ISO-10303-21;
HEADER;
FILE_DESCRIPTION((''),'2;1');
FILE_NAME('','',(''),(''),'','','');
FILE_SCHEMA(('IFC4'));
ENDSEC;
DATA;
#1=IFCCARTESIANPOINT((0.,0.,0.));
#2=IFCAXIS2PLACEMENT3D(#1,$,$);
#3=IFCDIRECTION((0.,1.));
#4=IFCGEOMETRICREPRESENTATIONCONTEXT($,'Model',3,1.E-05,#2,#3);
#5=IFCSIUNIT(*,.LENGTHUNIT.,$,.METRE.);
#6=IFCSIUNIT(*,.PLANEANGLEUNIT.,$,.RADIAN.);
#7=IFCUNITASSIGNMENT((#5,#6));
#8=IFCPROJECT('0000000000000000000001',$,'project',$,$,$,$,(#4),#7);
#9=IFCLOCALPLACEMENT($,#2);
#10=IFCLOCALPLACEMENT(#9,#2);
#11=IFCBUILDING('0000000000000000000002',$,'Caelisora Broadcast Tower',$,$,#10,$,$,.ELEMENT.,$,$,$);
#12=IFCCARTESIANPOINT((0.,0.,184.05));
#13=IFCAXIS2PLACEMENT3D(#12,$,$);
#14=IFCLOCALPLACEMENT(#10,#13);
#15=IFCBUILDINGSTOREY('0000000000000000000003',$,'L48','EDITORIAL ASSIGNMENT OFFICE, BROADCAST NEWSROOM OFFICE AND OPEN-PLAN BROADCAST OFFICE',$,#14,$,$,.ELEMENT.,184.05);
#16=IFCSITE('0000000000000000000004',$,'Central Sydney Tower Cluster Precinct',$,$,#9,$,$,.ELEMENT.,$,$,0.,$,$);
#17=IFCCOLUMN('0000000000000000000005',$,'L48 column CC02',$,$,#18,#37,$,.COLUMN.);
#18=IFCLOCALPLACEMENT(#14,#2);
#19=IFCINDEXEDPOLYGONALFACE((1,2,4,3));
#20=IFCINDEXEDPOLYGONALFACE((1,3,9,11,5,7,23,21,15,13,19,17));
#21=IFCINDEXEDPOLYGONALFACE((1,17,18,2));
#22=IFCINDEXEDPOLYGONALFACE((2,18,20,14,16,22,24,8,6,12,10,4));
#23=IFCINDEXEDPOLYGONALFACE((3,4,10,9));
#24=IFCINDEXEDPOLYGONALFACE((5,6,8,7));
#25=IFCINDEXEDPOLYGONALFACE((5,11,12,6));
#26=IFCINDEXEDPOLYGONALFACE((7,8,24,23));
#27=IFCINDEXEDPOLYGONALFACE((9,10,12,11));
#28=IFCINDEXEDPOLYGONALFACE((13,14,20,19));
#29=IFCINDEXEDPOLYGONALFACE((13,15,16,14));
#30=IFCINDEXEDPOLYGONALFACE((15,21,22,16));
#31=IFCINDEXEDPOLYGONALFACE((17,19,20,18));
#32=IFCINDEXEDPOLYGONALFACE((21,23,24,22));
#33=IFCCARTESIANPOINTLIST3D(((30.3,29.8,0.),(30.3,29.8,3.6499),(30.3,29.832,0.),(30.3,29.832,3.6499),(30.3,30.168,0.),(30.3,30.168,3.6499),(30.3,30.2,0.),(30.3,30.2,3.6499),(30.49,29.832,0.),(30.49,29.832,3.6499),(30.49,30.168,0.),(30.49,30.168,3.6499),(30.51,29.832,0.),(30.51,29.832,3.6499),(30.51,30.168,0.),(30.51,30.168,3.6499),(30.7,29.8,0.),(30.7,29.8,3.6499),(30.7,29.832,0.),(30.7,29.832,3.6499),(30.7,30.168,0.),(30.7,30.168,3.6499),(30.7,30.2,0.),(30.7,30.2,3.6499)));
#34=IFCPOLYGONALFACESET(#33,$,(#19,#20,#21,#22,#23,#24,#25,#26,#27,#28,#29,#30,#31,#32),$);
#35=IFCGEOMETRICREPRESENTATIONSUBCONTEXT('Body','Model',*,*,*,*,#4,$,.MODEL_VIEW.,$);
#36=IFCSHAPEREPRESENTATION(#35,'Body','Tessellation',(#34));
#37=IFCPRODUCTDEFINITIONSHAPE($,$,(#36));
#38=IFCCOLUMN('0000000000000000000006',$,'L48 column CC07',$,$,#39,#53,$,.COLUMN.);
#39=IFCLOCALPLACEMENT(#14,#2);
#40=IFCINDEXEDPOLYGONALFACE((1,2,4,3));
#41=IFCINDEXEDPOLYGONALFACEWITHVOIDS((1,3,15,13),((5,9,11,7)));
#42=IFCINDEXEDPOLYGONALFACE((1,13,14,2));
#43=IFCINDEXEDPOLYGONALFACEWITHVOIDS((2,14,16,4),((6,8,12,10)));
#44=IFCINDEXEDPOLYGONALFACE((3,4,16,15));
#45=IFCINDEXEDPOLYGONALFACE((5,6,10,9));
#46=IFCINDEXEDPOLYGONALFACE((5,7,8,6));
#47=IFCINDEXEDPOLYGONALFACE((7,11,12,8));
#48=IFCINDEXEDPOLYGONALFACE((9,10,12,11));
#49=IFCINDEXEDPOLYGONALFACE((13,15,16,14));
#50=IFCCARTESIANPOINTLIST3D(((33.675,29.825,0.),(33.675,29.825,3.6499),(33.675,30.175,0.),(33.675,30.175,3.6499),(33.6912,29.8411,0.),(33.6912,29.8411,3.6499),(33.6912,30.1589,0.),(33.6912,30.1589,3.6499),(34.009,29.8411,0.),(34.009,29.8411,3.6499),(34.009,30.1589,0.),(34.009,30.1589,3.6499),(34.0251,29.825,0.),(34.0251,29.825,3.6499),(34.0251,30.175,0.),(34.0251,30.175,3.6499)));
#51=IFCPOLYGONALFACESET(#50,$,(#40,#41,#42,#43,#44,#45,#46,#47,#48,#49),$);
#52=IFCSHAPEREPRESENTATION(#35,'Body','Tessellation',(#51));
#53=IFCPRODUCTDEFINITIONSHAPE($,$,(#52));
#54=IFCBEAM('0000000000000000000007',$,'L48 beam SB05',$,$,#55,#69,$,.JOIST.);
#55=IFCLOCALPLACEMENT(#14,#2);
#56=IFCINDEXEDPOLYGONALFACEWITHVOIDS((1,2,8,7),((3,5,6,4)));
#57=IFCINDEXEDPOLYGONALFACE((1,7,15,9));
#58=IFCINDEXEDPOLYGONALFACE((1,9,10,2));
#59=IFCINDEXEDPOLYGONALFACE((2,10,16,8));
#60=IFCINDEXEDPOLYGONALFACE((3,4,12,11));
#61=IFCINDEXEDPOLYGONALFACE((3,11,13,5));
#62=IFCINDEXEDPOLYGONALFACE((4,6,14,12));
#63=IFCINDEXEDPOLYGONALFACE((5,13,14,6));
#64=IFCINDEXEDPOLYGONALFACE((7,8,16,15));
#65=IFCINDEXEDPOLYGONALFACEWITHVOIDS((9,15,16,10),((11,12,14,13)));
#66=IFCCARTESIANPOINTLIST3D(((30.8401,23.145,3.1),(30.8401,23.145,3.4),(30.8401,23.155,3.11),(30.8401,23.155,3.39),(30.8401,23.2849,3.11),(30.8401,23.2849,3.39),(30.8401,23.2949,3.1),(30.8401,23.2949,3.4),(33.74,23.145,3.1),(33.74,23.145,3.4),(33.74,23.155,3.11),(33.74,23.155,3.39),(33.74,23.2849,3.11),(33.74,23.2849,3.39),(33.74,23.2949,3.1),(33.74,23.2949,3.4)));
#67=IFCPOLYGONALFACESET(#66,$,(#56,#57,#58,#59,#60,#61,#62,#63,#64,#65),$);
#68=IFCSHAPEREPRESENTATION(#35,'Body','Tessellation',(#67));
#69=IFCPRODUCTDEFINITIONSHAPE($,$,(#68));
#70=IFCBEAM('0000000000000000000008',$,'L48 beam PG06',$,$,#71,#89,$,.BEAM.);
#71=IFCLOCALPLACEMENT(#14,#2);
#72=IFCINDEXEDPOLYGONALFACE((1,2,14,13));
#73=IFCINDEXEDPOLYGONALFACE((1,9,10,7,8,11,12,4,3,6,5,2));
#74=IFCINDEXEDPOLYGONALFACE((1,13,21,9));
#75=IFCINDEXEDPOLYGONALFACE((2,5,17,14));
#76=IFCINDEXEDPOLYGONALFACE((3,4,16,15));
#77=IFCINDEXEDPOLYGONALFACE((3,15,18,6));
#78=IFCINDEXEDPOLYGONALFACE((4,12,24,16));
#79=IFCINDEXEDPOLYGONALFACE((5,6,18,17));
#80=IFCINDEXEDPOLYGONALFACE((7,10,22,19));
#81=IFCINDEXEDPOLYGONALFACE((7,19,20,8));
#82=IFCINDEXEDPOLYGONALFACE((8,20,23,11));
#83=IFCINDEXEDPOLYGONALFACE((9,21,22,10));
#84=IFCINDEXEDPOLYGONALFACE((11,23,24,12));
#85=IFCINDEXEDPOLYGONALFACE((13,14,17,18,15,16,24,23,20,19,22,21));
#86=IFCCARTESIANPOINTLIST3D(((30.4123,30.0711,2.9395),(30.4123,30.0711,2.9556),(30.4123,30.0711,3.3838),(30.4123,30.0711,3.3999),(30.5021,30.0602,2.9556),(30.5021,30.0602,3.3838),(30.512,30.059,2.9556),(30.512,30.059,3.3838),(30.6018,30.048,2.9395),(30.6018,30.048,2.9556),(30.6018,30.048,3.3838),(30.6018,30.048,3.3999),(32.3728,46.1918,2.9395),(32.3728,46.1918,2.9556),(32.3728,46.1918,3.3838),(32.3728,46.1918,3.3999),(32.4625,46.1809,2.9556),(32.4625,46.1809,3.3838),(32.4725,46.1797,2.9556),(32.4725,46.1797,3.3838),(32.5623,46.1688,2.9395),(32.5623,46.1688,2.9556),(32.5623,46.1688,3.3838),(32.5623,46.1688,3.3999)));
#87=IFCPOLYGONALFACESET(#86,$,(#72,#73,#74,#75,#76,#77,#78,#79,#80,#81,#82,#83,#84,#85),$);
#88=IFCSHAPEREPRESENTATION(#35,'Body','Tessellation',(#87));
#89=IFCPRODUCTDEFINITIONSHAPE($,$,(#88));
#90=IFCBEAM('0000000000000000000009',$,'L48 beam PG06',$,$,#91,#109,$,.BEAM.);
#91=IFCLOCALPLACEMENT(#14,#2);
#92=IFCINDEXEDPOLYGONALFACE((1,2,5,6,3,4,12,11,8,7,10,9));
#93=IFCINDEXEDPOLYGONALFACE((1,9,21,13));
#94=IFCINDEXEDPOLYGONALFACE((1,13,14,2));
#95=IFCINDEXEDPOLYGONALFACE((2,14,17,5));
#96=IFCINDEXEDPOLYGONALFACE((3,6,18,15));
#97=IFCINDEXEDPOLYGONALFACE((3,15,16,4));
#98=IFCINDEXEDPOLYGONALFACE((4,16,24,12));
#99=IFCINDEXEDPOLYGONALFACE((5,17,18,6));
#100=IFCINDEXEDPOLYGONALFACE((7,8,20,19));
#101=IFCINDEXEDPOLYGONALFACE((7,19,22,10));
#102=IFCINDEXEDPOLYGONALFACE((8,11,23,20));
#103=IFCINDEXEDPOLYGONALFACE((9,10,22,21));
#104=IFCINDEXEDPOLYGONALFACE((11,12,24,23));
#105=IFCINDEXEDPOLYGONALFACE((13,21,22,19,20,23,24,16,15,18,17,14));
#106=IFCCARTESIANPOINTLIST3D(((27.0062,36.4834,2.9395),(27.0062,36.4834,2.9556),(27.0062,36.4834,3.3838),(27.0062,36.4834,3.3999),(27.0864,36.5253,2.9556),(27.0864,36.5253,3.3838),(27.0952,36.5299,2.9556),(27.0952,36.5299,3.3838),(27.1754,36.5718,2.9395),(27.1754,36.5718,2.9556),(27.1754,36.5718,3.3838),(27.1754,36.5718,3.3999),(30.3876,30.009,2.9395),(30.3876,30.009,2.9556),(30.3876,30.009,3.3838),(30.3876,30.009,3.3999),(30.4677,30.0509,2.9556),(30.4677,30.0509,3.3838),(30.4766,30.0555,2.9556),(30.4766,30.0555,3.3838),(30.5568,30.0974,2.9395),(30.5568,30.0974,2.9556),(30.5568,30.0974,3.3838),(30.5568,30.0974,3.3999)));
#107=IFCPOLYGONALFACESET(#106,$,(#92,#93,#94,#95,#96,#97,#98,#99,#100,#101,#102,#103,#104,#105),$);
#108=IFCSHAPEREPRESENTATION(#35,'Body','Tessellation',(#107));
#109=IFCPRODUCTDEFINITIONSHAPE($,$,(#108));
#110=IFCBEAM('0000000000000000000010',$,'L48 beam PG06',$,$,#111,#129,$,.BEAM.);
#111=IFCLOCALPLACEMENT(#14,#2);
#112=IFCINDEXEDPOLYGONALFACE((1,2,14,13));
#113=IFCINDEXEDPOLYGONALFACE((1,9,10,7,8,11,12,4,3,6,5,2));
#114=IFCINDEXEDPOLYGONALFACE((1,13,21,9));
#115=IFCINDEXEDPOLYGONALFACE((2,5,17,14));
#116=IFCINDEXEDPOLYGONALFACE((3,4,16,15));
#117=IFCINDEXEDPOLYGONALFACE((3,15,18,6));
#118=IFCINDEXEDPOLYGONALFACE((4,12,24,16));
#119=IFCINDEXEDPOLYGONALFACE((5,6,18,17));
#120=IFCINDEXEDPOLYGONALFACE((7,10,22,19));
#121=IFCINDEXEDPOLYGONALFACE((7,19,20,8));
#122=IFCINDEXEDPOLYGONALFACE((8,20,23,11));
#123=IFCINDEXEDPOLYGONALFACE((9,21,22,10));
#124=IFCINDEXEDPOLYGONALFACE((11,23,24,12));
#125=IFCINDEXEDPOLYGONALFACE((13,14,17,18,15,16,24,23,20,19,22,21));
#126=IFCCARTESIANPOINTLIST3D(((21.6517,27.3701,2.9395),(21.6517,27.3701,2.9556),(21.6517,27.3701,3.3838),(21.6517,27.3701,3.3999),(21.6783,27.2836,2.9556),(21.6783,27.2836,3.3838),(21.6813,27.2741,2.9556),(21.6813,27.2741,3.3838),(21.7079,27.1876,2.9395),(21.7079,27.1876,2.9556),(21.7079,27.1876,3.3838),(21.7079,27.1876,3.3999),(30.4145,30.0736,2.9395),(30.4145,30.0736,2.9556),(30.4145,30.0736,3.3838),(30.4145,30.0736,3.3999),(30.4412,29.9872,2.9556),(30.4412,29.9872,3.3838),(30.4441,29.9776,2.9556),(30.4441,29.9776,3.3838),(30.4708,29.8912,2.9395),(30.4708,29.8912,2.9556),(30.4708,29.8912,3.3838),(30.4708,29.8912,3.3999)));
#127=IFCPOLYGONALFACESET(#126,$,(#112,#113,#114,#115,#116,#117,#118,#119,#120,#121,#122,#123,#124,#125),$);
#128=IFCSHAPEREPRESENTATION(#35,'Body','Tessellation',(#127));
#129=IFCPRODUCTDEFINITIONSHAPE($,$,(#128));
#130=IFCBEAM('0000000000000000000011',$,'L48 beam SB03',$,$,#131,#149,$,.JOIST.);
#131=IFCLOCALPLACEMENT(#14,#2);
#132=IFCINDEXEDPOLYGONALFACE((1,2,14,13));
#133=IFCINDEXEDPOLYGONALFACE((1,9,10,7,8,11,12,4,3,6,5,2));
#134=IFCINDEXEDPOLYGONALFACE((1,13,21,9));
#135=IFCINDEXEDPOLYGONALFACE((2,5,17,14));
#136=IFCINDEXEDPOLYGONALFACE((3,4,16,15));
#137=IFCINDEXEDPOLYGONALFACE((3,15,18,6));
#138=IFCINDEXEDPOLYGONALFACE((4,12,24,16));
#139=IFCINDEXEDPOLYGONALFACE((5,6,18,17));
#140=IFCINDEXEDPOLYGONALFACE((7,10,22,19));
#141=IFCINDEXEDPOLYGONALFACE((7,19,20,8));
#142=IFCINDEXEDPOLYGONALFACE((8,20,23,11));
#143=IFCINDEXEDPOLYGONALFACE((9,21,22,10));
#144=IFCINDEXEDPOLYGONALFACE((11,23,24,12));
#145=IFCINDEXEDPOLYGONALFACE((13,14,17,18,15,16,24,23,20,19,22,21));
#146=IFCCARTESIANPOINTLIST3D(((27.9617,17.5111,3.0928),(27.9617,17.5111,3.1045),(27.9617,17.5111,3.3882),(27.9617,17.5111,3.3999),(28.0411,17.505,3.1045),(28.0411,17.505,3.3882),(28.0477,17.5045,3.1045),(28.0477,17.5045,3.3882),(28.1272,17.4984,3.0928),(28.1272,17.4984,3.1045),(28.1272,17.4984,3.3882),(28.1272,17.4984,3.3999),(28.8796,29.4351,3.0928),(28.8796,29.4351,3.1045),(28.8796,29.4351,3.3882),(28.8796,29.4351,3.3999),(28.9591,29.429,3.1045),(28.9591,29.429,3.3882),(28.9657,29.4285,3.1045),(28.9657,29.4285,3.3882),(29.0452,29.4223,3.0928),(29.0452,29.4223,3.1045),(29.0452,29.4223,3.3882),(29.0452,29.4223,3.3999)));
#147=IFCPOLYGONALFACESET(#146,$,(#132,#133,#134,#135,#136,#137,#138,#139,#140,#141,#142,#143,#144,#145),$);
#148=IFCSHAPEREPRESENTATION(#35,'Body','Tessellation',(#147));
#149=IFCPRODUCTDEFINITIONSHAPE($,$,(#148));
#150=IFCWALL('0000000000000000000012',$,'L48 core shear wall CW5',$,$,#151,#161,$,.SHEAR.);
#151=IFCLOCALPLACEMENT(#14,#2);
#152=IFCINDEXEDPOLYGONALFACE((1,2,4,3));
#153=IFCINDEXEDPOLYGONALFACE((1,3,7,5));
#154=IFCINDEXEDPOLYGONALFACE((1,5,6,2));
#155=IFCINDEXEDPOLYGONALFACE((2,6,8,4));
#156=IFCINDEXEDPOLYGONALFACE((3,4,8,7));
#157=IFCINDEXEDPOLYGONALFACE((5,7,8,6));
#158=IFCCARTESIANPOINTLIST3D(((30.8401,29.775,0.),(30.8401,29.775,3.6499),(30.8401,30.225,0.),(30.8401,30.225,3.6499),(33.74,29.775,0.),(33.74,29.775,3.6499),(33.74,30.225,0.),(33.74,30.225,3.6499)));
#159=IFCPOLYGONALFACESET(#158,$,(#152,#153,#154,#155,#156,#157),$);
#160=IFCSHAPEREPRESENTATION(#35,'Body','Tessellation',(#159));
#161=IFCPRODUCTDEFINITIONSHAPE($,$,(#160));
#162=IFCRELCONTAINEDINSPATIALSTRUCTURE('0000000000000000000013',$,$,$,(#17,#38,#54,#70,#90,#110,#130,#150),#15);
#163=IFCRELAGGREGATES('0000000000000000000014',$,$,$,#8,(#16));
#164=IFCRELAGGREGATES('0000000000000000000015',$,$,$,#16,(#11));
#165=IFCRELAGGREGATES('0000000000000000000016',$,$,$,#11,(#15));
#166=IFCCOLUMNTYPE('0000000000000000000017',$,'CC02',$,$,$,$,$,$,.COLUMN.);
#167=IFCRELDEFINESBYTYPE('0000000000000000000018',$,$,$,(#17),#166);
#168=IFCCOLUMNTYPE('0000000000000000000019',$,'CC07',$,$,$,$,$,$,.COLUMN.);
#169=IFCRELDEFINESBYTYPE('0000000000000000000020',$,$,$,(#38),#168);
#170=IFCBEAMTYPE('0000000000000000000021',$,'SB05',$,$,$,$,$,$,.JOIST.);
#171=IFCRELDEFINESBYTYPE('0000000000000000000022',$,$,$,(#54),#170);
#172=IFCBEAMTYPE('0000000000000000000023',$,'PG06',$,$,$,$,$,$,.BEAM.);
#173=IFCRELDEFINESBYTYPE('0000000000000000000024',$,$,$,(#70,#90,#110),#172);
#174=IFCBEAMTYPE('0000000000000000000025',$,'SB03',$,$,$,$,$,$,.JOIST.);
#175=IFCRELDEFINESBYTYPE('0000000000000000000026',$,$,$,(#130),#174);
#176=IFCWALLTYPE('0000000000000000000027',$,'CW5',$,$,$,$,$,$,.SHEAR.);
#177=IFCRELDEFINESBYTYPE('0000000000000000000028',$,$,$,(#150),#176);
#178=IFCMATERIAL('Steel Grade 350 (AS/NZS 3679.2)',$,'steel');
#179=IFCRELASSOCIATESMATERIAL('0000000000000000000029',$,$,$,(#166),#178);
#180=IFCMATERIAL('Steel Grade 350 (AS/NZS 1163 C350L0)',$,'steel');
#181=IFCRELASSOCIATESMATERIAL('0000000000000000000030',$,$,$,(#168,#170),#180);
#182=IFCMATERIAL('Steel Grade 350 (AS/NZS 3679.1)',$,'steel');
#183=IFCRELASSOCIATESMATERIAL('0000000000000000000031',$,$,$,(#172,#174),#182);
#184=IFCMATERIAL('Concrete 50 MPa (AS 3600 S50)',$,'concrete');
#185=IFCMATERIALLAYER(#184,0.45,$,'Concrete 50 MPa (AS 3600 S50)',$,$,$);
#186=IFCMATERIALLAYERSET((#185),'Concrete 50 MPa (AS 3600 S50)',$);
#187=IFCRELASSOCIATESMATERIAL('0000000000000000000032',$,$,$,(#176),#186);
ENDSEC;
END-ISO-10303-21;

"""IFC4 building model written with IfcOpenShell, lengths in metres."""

from ifc_helpers import new_model, si_unit, direction, frame, frame_2d, origin, origin_2d, place, context, subcontext, project, spatial, rectangle, hollow_rectangle, i_section, extrude, source, transform, mapped, material, layer, layer_set, material_profile, profile_set, type_object, type_shapes, element, save


model = new_model("IFC4")

# Units and contexts
model_context = context("Model", 3, precision=1e-05, world=origin(), true_north=direction((0.0, 1.0)))
body_context = subcontext(model_context, "Body", "Model", "MODEL_VIEW")
ifc_project = project(units=[si_unit("LENGTHUNIT", "METRE"), si_unit("PLANEANGLEUNIT", "RADIAN")], contexts=[model_context])

# Site, building, storey
site_placement = place(None, origin())
site = spatial("IfcSite", under=ifc_project, at=site_placement, Name="Central Sydney Tower Cluster Precinct", CompositionType="ELEMENT", RefElevation=0.0)
building_placement = place(site_placement, origin())
building = spatial("IfcBuilding", under=site, at=building_placement, Name="Caelisora Broadcast Tower", CompositionType="ELEMENT")
storey_placement = place(building_placement, frame((0.0, 0.0, 184.05)))
storey = spatial("IfcBuildingStorey", under=building, at=storey_placement, Name="L48", Description="EDITORIAL ASSIGNMENT OFFICE, BROADCAST NEWSROOM OFFICE AND OPEN-PLAN BROADCAST OFFICE", CompositionType="ELEMENT", Elevation=184.05)

# Columns
ifc_material_1 = material(Name="Steel Grade 350 (AS/NZS 3679.2)", Category="steel")
ifc_material_profile_1 = material_profile(ifc_material_1, i_section(OverallWidth=0.3999, OverallDepth=0.3999, WebThickness=0.02, FlangeThickness=0.032, at=origin_2d()), Name="Steel Grade 350 (AS/NZS 3679.2)")
ifc_profile_set_1 = profile_set([ifc_material_profile_1], Name="Steel Grade 350 (AS/NZS 3679.2)")
column_type_1 = type_object("IfcColumnType", Name="CC02", PredefinedType="COLUMN", material=ifc_profile_set_1)
shared_shape_1 = source(origin(), body_context, "Body", "SweptSolid", [
    extrude(i_section(OverallWidth=0.3999, OverallDepth=0.3999, WebThickness=0.02, FlangeThickness=0.032, at=origin_2d()), origin(), (0.0, 0.0, 1.0), 3.6499),
])
type_shapes(column_type_1, [shared_shape_1])
column_1_placement = place(storey_placement, frame((30.5, 30.0, 0.0), z_axis=(0.0, 0.0, 1.0), x_axis=(1.0, 0.0, 0.0)))
element("IfcColumn", 1, at=column_1_placement, inside=storey, type_object=column_type_1, Name="L48 column CC02", PredefinedType="COLUMN", context=body_context, shape_type="MappedRepresentation", body=[
    mapped(shared_shape_1, transform((0.0, 0.0, 0.0), scale=1.0)),
])
ifc_material_2 = material(Name="Steel Grade 350 (AS/NZS 1163 C350L0)", Category="steel")
ifc_material_profile_2 = material_profile(ifc_material_2, hollow_rectangle(XDim=0.3501, YDim=0.3501, WallThickness=0.0161, at=origin_2d()), Name="Steel Grade 350 (AS/NZS 1163 C350L0)")
ifc_profile_set_2 = profile_set([ifc_material_profile_2], Name="Steel Grade 350 (AS/NZS 1163 C350L0)")
column_type_2 = type_object("IfcColumnType", Name="CC07", PredefinedType="COLUMN", material=ifc_profile_set_2)
shared_shape_2 = source(origin(), body_context, "Body", "SweptSolid", [
    extrude(hollow_rectangle(XDim=0.3501, YDim=0.3501, WallThickness=0.0161, at=origin_2d()), origin(), (0.0, 0.0, 1.0), 3.6499),
])
type_shapes(column_type_2, [shared_shape_2])
column_2_placement = place(storey_placement, frame((33.8501, 30.0, 0.0), z_axis=(0.0, 0.0, 1.0), x_axis=(1.0, 0.0, 0.0)))
element("IfcColumn", 2, at=column_2_placement, inside=storey, type_object=column_type_2, Name="L48 column CC07", PredefinedType="COLUMN", context=body_context, shape_type="MappedRepresentation", body=[
    mapped(shared_shape_2, transform((0.0, 0.0, 0.0), scale=1.0)),
])

# Beams
ifc_material_profile_3 = material_profile(ifc_material_2, hollow_rectangle(XDim=0.1499, YDim=0.3, WallThickness=0.01, at=origin_2d()), Name="Steel Grade 350 (AS/NZS 1163 C350L0)")
ifc_profile_set_3 = profile_set([ifc_material_profile_3], Name="Steel Grade 350 (AS/NZS 1163 C350L0)")
beam_type_1 = type_object("IfcBeamType", Name="SB05", PredefinedType="JOIST", material=ifc_profile_set_3)
shared_shape_3 = source(origin(), body_context, "Body", "SweptSolid", [
    extrude(hollow_rectangle(XDim=0.1499, YDim=0.3, WallThickness=0.01, at=origin_2d()), origin(), (0.0, 0.0, 1.0), 2.8999),
])
type_shapes(beam_type_1, [shared_shape_3])
beam_1_placement = place(storey_placement, frame((30.8401, 23.22, 3.25), z_axis=(1.0, 0.0, 0.0), x_axis=(0.0, 1.0, 0.0)))
element("IfcBeam", 3, at=beam_1_placement, inside=storey, type_object=beam_type_1, Name="L48 beam SB05", PredefinedType="JOIST", context=body_context, shape_type="MappedRepresentation", body=[
    mapped(shared_shape_3, transform((0.0, 0.0, 0.0), scale=1.0)),
])
ifc_material_3 = material(Name="Steel Grade 350 (AS/NZS 3679.1)", Category="steel")
ifc_material_profile_4 = material_profile(ifc_material_3, i_section(OverallWidth=0.1909, OverallDepth=0.4604, WebThickness=0.01, FlangeThickness=0.0161, at=origin_2d()), Name="Steel Grade 350 (AS/NZS 3679.1)")
ifc_profile_set_4 = profile_set([ifc_material_profile_4], Name="Steel Grade 350 (AS/NZS 3679.1)")
beam_type_2 = type_object("IfcBeamType", Name="PG06", PredefinedType="BEAM", material=ifc_profile_set_4)
shared_shape_4 = source(origin(), body_context, "Body", "SweptSolid", [
    extrude(i_section(OverallWidth=0.1909, OverallDepth=0.4604, WebThickness=0.01, FlangeThickness=0.0161, at=origin_2d()), origin(), (0.0, 0.0, 1.0), 16.2395),
])
beam_2_placement = place(storey_placement, frame((30.5071, 30.0596, 3.1697), z_axis=(0.12072, 0.992687, 0.0), x_axis=(-0.992687, 0.12072, 0.0)))
element("IfcBeam", 4, at=beam_2_placement, inside=storey, type_object=beam_type_2, Name="L48 beam PG06", PredefinedType="BEAM", context=body_context, shape_type="MappedRepresentation", body=[
    mapped(shared_shape_4, transform((0.0, 0.0, 0.0), scale=1.0)),
])
shared_shape_5 = source(origin(), body_context, "Body", "SweptSolid", [
    extrude(i_section(OverallWidth=0.1909, OverallDepth=0.4604, WebThickness=0.01, FlangeThickness=0.0161, at=origin_2d()), origin(), (0.0, 0.0, 1.0), 7.3042),
])
beam_3_placement = place(storey_placement, frame((30.4722, 30.0532, 3.1697), z_axis=(-0.462934, 0.886393, 0.0), x_axis=(-0.886393, -0.462934, 0.0)))
element("IfcBeam", 5, at=beam_3_placement, inside=storey, type_object=beam_type_2, Name="L48 beam PG06", PredefinedType="BEAM", context=body_context, shape_type="MappedRepresentation", body=[
    mapped(shared_shape_5, transform((0.0, 0.0, 0.0), scale=1.0)),
])
shared_shape_6 = source(origin(), body_context, "Body", "SweptSolid", [
    extrude(i_section(OverallWidth=0.1909, OverallDepth=0.4604, WebThickness=0.01, FlangeThickness=0.0161, at=origin_2d()), origin(), (0.0, 0.0, 1.0), 9.1704),
])
type_shapes(beam_type_2, [shared_shape_4, shared_shape_5, shared_shape_6])
beam_4_placement = place(storey_placement, frame((30.4426, 29.9824, 3.1697), z_axis=(-0.955554, -0.294815, 0.0), x_axis=(0.294815, -0.955554, 0.0)))
element("IfcBeam", 6, at=beam_4_placement, inside=storey, type_object=beam_type_2, Name="L48 beam PG06", PredefinedType="BEAM", context=body_context, shape_type="MappedRepresentation", body=[
    mapped(shared_shape_6, transform((0.0, 0.0, 0.0), scale=1.0)),
])
ifc_material_profile_5 = material_profile(ifc_material_3, i_section(OverallWidth=0.166, OverallDepth=0.3071, WebThickness=0.0066, FlangeThickness=0.0117, at=origin_2d()), Name="Steel Grade 350 (AS/NZS 3679.1)")
ifc_profile_set_5 = profile_set([ifc_material_profile_5], Name="Steel Grade 350 (AS/NZS 3679.1)")
beam_type_3 = type_object("IfcBeamType", Name="SB03", PredefinedType="JOIST", material=ifc_profile_set_5)
shared_shape_7 = source(origin(), body_context, "Body", "SweptSolid", [
    extrude(i_section(OverallWidth=0.166, OverallDepth=0.3071, WebThickness=0.0066, FlangeThickness=0.0117, at=origin_2d()), origin(), (0.0, 0.0, 1.0), 11.9592),
])
type_shapes(beam_type_3, [shared_shape_7])
beam_5_placement = place(storey_placement, frame((28.9624, 29.4287, 3.2463), z_axis=(-0.076759, -0.99705, 0.0), x_axis=(0.99705, -0.076759, 0.0)))
element("IfcBeam", 7, at=beam_5_placement, inside=storey, type_object=beam_type_3, Name="L48 beam SB03", PredefinedType="JOIST", context=body_context, shape_type="MappedRepresentation", body=[
    mapped(shared_shape_7, transform((0.0, 0.0, 0.0), scale=1.0)),
])

# Wall
ifc_material_4 = material(Name="Concrete 50 MPa (AS 3600 S50)", Category="concrete")
ifc_layer_1 = layer(ifc_material_4, 0.45, Name="Concrete 50 MPa (AS 3600 S50)")
ifc_layer_set_1 = layer_set([ifc_layer_1], Name="Concrete 50 MPa (AS 3600 S50)")
wall_type_1 = type_object("IfcWallType", Name="CW5", PredefinedType="SHEAR", material=ifc_layer_set_1)
wall_1_placement = place(storey_placement, frame((30.8401, 30.0, 0.0), z_axis=(0.0, 0.0, 1.0), x_axis=(1.0, 0.0, 0.0)))
element("IfcWall", 8, at=wall_1_placement, inside=storey, type_object=wall_type_1, Name="L48 core shear wall CW5", PredefinedType="SHEAR", context=body_context, shape_type="SweptSolid", body=[
    extrude(rectangle(XDim=2.8999, YDim=0.45, at=frame_2d((1.45, 0.0))), origin(), (0.0, 0.0, 1.0), 3.6499),
])

save(model, "model.ifc")
